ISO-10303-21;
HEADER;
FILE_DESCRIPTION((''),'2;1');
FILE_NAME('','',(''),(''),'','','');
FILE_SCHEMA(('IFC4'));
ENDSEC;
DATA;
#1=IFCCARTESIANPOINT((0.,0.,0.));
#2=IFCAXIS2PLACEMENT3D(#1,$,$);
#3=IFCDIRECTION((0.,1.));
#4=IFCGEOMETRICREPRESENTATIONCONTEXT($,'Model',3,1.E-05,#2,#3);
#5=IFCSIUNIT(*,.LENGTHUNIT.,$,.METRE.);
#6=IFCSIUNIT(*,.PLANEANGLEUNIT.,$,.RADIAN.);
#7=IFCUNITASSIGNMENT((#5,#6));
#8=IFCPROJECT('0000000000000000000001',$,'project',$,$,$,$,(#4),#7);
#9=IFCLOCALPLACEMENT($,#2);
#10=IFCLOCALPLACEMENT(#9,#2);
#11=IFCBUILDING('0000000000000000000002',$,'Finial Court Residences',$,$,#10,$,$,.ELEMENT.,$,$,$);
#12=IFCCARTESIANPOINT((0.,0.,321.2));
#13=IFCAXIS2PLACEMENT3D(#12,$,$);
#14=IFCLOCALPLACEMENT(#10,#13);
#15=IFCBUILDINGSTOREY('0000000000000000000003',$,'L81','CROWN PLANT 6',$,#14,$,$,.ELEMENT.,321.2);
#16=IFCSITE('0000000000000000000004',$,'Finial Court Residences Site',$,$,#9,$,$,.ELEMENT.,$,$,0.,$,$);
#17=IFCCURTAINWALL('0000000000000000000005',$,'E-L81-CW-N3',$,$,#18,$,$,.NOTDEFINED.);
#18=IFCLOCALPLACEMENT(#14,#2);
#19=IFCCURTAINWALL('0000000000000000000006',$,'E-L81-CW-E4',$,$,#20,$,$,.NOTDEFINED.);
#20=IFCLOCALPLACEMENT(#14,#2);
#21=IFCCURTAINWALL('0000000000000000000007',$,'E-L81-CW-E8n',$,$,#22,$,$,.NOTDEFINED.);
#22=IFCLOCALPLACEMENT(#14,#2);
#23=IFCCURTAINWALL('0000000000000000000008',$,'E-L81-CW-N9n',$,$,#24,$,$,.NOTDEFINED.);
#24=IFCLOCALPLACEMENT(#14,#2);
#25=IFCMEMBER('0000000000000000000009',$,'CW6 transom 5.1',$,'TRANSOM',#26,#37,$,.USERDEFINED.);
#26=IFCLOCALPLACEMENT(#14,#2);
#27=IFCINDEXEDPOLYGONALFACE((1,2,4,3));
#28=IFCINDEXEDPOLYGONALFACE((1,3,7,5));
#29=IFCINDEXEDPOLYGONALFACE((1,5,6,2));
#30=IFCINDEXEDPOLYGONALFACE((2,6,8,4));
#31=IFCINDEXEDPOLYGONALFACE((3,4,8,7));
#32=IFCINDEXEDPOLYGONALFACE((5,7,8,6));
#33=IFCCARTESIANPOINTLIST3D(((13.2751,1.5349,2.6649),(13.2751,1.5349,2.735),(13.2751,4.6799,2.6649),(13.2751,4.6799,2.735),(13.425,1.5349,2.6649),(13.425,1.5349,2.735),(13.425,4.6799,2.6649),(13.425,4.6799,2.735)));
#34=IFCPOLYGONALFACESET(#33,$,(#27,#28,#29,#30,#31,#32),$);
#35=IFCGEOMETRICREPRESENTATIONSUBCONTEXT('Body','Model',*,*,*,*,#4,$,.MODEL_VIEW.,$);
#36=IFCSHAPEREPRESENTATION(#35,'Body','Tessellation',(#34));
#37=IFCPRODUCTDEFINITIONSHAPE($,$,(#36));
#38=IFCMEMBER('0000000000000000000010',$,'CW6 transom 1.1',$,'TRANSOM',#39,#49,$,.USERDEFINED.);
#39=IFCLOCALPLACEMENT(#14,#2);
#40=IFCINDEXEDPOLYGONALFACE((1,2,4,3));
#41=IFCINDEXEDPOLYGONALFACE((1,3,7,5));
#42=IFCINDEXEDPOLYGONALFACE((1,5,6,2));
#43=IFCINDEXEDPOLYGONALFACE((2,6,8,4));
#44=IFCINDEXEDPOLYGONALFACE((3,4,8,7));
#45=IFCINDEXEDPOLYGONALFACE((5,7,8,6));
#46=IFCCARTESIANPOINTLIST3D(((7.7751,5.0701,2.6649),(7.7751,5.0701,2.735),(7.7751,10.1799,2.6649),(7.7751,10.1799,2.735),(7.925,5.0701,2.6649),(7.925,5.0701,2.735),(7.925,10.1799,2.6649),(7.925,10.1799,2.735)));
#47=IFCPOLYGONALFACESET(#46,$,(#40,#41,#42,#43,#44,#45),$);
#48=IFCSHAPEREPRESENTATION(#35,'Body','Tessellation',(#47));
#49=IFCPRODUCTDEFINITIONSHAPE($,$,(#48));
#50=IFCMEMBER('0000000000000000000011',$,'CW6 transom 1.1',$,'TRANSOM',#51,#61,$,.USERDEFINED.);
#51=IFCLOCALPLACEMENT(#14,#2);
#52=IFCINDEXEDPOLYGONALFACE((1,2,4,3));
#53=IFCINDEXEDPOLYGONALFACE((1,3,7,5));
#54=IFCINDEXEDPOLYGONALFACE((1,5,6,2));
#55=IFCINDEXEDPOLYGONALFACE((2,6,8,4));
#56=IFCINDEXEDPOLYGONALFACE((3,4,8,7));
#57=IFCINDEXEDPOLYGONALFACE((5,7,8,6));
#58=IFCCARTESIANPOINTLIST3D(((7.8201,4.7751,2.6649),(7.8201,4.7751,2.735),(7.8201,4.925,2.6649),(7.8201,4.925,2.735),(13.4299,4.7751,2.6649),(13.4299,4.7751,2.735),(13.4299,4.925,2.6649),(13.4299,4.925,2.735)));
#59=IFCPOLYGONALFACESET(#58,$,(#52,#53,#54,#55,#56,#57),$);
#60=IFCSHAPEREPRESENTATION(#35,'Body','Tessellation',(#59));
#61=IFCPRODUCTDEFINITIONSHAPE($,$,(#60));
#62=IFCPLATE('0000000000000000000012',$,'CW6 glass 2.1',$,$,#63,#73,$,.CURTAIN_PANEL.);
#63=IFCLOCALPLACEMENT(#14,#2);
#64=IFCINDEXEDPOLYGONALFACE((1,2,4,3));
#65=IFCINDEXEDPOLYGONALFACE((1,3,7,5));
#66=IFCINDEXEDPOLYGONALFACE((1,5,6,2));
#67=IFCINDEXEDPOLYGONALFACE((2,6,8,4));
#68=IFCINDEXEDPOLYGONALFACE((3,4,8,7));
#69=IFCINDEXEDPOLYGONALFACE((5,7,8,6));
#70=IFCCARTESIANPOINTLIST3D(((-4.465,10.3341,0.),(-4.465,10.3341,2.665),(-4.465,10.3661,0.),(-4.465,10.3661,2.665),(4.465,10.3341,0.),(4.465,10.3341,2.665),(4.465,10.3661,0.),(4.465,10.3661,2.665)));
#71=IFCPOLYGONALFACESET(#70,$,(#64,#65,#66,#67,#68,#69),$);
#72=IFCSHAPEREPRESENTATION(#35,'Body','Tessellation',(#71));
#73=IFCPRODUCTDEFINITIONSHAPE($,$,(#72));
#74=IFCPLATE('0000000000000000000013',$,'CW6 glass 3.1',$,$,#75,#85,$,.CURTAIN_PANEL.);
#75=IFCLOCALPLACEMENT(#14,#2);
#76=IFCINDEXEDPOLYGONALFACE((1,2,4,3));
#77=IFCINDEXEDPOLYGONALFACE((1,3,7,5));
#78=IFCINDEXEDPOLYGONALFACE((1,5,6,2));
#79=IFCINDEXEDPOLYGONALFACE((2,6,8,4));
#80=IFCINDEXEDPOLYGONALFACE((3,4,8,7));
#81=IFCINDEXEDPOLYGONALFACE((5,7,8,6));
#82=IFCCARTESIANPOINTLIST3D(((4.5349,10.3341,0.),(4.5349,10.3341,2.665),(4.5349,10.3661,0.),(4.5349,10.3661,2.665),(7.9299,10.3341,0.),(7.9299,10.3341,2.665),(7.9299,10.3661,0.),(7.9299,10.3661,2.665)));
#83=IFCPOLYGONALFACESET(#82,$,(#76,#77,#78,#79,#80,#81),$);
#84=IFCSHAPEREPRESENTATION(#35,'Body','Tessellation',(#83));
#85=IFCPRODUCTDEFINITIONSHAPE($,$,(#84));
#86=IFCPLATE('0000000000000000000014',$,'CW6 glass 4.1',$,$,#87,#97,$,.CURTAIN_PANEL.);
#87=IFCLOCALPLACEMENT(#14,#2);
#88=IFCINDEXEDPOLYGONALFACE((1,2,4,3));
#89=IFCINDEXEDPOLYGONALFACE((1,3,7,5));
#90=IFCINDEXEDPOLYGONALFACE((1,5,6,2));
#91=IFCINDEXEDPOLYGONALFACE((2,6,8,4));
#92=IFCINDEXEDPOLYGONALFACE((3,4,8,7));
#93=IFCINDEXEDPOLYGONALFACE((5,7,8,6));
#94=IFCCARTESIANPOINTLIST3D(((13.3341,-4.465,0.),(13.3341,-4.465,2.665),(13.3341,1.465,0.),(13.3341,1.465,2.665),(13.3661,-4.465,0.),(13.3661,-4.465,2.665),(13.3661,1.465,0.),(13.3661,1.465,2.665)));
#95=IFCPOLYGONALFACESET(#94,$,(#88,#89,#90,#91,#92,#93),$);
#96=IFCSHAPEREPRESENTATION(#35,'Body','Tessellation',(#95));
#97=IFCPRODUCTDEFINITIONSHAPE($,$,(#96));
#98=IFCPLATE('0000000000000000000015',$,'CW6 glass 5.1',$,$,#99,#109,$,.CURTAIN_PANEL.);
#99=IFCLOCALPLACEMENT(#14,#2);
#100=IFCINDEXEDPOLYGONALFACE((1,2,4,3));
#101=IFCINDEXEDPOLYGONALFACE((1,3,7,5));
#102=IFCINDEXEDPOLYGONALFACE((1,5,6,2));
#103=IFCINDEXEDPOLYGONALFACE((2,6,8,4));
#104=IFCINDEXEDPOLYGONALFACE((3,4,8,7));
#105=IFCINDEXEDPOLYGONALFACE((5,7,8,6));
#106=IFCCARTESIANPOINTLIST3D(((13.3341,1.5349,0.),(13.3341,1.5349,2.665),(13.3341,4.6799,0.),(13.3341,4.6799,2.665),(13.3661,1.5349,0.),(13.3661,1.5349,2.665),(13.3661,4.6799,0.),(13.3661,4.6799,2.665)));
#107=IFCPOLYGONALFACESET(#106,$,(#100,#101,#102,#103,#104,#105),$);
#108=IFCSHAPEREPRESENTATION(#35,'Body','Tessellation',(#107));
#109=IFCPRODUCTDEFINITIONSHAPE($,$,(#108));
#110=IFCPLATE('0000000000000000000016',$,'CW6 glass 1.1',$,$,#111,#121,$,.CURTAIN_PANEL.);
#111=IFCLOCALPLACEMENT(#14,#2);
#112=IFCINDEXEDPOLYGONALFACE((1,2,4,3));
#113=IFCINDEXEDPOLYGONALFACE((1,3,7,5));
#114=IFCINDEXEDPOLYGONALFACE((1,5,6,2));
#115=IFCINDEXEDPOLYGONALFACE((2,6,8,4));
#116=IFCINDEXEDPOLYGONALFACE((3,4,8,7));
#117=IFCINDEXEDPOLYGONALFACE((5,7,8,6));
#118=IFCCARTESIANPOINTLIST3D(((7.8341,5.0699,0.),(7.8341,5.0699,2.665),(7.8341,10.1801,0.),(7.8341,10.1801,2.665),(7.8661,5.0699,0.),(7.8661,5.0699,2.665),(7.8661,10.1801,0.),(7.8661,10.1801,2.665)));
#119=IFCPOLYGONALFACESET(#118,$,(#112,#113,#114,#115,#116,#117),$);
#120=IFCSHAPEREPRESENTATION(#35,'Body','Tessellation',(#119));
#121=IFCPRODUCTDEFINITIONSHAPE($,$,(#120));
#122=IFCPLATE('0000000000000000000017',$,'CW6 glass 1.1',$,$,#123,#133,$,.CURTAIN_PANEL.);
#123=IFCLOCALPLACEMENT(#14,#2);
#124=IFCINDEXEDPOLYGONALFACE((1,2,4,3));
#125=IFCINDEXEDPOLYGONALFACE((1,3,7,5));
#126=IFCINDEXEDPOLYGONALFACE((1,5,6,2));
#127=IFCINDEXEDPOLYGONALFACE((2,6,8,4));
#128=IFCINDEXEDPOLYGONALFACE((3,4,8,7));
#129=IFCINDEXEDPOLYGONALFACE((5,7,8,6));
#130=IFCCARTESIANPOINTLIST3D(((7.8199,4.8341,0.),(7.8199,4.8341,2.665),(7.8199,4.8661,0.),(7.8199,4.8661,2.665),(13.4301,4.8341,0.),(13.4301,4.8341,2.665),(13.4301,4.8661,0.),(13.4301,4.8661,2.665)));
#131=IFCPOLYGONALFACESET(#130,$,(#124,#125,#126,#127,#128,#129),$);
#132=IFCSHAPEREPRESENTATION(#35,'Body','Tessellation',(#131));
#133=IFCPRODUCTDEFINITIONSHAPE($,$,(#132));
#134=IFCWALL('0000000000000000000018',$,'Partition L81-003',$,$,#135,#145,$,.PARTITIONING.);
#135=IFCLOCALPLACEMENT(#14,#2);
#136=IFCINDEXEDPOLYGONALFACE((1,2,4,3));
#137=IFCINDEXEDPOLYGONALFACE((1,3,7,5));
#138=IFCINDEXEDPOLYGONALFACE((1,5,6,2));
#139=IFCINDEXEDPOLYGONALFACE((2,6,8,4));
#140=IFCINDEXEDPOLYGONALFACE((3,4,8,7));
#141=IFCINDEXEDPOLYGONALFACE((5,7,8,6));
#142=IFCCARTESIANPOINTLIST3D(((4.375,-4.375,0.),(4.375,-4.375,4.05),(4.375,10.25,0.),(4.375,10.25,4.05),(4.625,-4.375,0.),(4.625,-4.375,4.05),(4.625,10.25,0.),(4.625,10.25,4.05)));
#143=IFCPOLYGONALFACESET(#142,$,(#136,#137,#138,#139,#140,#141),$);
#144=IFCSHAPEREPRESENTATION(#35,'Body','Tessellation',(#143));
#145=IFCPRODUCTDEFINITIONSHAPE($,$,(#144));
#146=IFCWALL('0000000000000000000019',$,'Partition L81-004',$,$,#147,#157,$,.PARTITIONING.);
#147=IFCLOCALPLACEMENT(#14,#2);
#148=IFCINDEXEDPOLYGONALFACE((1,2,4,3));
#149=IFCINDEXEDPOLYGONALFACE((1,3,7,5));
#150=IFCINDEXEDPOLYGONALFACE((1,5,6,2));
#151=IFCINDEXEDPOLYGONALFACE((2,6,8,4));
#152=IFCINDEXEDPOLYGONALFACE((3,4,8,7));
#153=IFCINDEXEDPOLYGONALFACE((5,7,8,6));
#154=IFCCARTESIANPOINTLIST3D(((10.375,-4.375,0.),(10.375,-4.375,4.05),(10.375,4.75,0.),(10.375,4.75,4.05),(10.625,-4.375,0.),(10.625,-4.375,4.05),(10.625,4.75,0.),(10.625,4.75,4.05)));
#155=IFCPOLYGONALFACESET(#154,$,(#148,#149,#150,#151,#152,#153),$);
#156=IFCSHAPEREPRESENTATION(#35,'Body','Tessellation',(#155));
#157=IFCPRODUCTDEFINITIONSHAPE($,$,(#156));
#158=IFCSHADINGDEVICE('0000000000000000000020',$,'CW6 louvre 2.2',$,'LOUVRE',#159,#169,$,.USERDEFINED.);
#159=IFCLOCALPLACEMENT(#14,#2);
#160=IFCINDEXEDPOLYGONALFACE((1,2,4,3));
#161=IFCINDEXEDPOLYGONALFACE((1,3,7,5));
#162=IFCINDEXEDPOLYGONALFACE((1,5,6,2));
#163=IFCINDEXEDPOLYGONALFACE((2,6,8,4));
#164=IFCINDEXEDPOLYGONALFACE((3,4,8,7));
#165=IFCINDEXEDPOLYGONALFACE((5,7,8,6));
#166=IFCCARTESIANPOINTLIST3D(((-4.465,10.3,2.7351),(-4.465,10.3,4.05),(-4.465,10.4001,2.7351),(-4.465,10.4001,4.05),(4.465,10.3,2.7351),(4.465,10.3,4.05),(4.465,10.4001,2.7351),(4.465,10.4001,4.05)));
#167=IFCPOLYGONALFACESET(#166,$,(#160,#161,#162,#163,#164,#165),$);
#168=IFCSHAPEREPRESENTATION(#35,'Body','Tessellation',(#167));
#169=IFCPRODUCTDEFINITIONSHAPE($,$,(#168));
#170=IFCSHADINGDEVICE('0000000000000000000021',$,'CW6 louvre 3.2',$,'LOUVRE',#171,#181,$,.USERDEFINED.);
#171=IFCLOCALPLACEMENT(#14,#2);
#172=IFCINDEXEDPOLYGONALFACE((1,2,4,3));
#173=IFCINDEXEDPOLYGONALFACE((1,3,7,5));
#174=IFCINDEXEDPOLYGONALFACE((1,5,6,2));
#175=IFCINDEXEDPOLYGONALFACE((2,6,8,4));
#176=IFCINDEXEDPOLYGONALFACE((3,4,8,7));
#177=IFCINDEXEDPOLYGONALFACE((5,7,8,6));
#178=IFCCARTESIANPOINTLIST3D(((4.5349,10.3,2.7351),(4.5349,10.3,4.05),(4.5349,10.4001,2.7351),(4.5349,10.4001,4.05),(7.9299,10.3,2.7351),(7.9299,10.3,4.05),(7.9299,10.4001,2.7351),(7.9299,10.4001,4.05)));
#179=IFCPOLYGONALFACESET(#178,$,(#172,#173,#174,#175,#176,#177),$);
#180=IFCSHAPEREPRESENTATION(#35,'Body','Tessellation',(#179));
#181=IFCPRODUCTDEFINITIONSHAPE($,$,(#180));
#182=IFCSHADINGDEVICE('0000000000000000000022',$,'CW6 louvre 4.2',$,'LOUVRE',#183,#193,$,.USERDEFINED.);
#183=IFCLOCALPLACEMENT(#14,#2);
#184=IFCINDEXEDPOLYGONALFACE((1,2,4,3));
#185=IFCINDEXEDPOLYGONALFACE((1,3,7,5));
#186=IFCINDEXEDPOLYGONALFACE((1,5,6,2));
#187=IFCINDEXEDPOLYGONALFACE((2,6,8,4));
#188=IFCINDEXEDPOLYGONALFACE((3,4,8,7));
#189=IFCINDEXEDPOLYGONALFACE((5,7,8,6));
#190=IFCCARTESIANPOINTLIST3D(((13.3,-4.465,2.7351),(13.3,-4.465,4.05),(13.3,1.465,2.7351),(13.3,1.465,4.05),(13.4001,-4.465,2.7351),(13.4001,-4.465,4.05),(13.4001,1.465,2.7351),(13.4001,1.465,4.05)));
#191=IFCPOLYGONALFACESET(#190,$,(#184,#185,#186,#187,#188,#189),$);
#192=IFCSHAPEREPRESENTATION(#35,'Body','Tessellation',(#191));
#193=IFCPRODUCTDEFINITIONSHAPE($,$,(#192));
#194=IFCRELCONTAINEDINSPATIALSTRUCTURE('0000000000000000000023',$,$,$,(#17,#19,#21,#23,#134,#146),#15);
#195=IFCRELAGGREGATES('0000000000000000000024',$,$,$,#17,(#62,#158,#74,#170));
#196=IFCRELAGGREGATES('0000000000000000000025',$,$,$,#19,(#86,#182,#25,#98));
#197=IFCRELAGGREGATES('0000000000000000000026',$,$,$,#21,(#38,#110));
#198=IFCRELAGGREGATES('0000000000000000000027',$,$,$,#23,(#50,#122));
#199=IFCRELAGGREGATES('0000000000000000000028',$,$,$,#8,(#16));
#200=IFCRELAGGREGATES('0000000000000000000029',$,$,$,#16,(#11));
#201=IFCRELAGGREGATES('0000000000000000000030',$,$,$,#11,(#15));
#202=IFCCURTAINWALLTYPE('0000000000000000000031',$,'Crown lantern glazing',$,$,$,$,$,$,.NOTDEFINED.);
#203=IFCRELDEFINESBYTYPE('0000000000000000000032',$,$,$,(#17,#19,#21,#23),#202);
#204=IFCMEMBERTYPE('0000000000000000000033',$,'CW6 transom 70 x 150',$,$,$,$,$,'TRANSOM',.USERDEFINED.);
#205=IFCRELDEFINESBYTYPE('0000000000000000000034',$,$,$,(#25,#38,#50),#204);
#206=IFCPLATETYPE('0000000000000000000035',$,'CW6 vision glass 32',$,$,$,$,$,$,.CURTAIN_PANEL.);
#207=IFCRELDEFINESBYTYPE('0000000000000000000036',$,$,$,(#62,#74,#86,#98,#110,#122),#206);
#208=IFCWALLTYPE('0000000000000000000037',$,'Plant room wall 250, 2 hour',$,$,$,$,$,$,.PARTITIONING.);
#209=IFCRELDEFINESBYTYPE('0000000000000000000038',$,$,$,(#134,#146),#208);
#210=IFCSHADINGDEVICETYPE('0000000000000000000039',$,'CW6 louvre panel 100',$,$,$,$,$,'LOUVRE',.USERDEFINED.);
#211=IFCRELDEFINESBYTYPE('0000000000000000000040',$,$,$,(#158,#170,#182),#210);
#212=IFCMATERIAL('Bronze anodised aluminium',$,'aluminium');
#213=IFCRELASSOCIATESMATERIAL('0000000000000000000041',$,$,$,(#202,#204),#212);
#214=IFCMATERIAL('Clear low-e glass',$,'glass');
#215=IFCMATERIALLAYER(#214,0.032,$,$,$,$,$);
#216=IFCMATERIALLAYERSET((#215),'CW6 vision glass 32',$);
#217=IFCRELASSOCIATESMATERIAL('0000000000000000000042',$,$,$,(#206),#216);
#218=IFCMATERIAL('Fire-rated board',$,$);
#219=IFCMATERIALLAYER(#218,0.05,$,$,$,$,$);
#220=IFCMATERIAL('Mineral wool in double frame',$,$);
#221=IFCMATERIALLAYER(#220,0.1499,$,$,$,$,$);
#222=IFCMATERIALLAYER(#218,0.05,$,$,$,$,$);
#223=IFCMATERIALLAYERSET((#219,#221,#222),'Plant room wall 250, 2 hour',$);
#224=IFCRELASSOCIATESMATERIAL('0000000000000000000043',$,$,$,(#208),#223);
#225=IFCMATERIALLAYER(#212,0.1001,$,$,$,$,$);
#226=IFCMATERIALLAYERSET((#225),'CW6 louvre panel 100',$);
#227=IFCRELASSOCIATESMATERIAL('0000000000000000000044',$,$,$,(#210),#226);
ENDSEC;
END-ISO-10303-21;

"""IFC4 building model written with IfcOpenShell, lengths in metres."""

from ifc_helpers import new_model, si_unit, direction, frame, frame_2d, origin, origin_2d, place, context, subcontext, project, spatial, rectangle, extrude, material, layer, layer_set, material_profile, profile_set, type_object, element, aggregate, save


model = new_model("IFC4")

# Units and contexts
model_context = context("Model", 3, precision=1e-05, world=origin(), true_north=direction((0.0, 1.0)))
body_context = subcontext(model_context, "Body", "Model", "MODEL_VIEW")
ifc_project = project(units=[si_unit("LENGTHUNIT", "METRE"), si_unit("PLANEANGLEUNIT", "RADIAN")], contexts=[model_context])

# Site, building, storey
site_placement = place(None, origin())
site = spatial("IfcSite", under=ifc_project, at=site_placement, Name="Finial Court Residences Site", CompositionType="ELEMENT", RefElevation=0.0)
building_placement = place(site_placement, origin())
building = spatial("IfcBuilding", under=site, at=building_placement, Name="Finial Court Residences", CompositionType="ELEMENT")
storey_placement = place(building_placement, frame((0.0, 0.0, 321.2)))
storey = spatial("IfcBuildingStorey", under=building, at=storey_placement, Name="L81", Description="CROWN PLANT 6", CompositionType="ELEMENT", Elevation=321.2)

# Curtain walls
ifc_material_1 = material(Name="Bronze anodised aluminium", Category="aluminium")
curtain_wall_type = type_object("IfcCurtainWallType", Name="Crown lantern glazing", PredefinedType="NOTDEFINED", material=ifc_material_1)
curtain_wall_1_placement = place(storey_placement, origin())
curtain_wall_1 = element("IfcCurtainWall", 1, at=curtain_wall_1_placement, inside=storey, type_object=curtain_wall_type, Name="E-L81-CW-N3", PredefinedType="NOTDEFINED")
curtain_wall_2_placement = place(storey_placement, origin())
curtain_wall_2 = element("IfcCurtainWall", 2, at=curtain_wall_2_placement, inside=storey, type_object=curtain_wall_type, Name="E-L81-CW-E4", PredefinedType="NOTDEFINED")
curtain_wall_3_placement = place(storey_placement, origin())
curtain_wall_3 = element("IfcCurtainWall", 3, at=curtain_wall_3_placement, inside=storey, type_object=curtain_wall_type, Name="E-L81-CW-E8n", PredefinedType="NOTDEFINED")
curtain_wall_4_placement = place(storey_placement, origin())
curtain_wall_4 = element("IfcCurtainWall", 4, at=curtain_wall_4_placement, inside=storey, type_object=curtain_wall_type, Name="E-L81-CW-N9n", PredefinedType="NOTDEFINED")

# Members
ifc_material_profile_1 = material_profile(ifc_material_1, rectangle(XDim=0.1499, YDim=0.0701, at=origin_2d()), Name="CW6 transom 70 x 150")
ifc_profile_set_1 = profile_set([ifc_material_profile_1], Name="Bronze anodised aluminium")
member_type_1 = type_object("IfcMemberType", Name="CW6 transom 70 x 150", ElementType="TRANSOM", PredefinedType="USERDEFINED", material=ifc_profile_set_1)
member_1_placement = place(storey_placement, frame((13.3501, 1.5349, 2.7), z_axis=(0.0, 1.0, 0.0), x_axis=(-1.0, 0.0, 0.0)))
member_1 = element("IfcMember", 5, at=member_1_placement, type_object=member_type_1, Name="CW6 transom 5.1", ObjectType="TRANSOM", PredefinedType="USERDEFINED", context=body_context, shape_type="SweptSolid", body=[
    extrude(rectangle(XDim=0.1499, YDim=0.0701, at=origin_2d()), origin(), (0.0, 0.0, 1.0), 3.145),
])
member_2_placement = place(storey_placement, frame((7.8501, 5.0701, 2.7), z_axis=(0.0, 1.0, 0.0), x_axis=(-1.0, 0.0, 0.0)))
member_2 = element("IfcMember", 6, at=member_2_placement, type_object=member_type_1, Name="CW6 transom 1.1", ObjectType="TRANSOM", PredefinedType="USERDEFINED", context=body_context, shape_type="SweptSolid", body=[
    extrude(rectangle(XDim=0.1499, YDim=0.0701, at=origin_2d()), origin(), (0.0, 0.0, 1.0), 5.1099),
])
member_3_placement = place(storey_placement, frame((7.8201, 4.8501, 2.7), z_axis=(1.0, 0.0, 0.0), x_axis=(0.0, 1.0, 0.0)))
member_3 = element("IfcMember", 7, at=member_3_placement, type_object=member_type_1, Name="CW6 transom 1.1", ObjectType="TRANSOM", PredefinedType="USERDEFINED", context=body_context, shape_type="SweptSolid", body=[
    extrude(rectangle(XDim=0.1499, YDim=0.0701, at=origin_2d()), origin(), (0.0, 0.0, 1.0), 5.6099),
])

# Plates
ifc_material_2 = material(Name="Clear low-e glass", Category="glass")
ifc_layer_1 = layer(ifc_material_2, 0.032)
ifc_layer_set_1 = layer_set([ifc_layer_1], Name="CW6 vision glass 32")
plate_type = type_object("IfcPlateType", Name="CW6 vision glass 32", PredefinedType="CURTAIN_PANEL", material=ifc_layer_set_1)
plate_1_placement = place(storey_placement, frame((0.0, 10.3501, 0.0), z_axis=(0.0, 0.0, 1.0), x_axis=(1.0, 0.0, 0.0)))
plate_1 = element("IfcPlate", 8, at=plate_1_placement, type_object=plate_type, Name="CW6 glass 2.1", PredefinedType="CURTAIN_PANEL", context=body_context, shape_type="SweptSolid", body=[
    extrude(rectangle(XDim=8.9299, YDim=0.032, at=origin_2d()), origin(), (0.0, 0.0, 1.0), 2.665),
])
plate_2_placement = place(storey_placement, frame((6.2324, 10.3501, 0.0), z_axis=(0.0, 0.0, 1.0), x_axis=(1.0, 0.0, 0.0)))
plate_2 = element("IfcPlate", 9, at=plate_2_placement, type_object=plate_type, Name="CW6 glass 3.1", PredefinedType="CURTAIN_PANEL", context=body_context, shape_type="SweptSolid", body=[
    extrude(rectangle(XDim=3.395, YDim=0.032, at=origin_2d()), origin(), (0.0, 0.0, 1.0), 2.665),
])
plate_3_placement = place(storey_placement, frame((13.3501, -1.5, 0.0), z_axis=(0.0, 0.0, 1.0), x_axis=(0.0, 1.0, 0.0)))
plate_3 = element("IfcPlate", 10, at=plate_3_placement, type_object=plate_type, Name="CW6 glass 4.1", PredefinedType="CURTAIN_PANEL", context=body_context, shape_type="SweptSolid", body=[
    extrude(rectangle(XDim=5.9299, YDim=0.032, at=origin_2d()), origin(), (0.0, 0.0, 1.0), 2.665),
])
plate_4_placement = place(storey_placement, frame((13.3501, 3.1074, 0.0), z_axis=(0.0, 0.0, 1.0), x_axis=(0.0, 1.0, 0.0)))
plate_4 = element("IfcPlate", 11, at=plate_4_placement, type_object=plate_type, Name="CW6 glass 5.1", PredefinedType="CURTAIN_PANEL", context=body_context, shape_type="SweptSolid", body=[
    extrude(rectangle(XDim=3.145, YDim=0.032, at=origin_2d()), origin(), (0.0, 0.0, 1.0), 2.665),
])
plate_5_placement = place(storey_placement, frame((7.8501, 7.625, 0.0), z_axis=(0.0, 0.0, 1.0), x_axis=(0.0, 1.0, 0.0)))
plate_5 = element("IfcPlate", 12, at=plate_5_placement, type_object=plate_type, Name="CW6 glass 1.1", PredefinedType="CURTAIN_PANEL", context=body_context, shape_type="SweptSolid", body=[
    extrude(rectangle(XDim=5.1101, YDim=0.032, at=origin_2d()), origin(), (0.0, 0.0, 1.0), 2.665),
])
plate_6_placement = place(storey_placement, frame((10.625, 4.8501, 0.0), z_axis=(0.0, 0.0, 1.0), x_axis=(1.0, 0.0, 0.0)))
plate_6 = element("IfcPlate", 13, at=plate_6_placement, type_object=plate_type, Name="CW6 glass 1.1", PredefinedType="CURTAIN_PANEL", context=body_context, shape_type="SweptSolid", body=[
    extrude(rectangle(XDim=5.6101, YDim=0.032, at=origin_2d()), origin(), (0.0, 0.0, 1.0), 2.665),
])

# Walls
ifc_material_3 = material(Name="Fire-rated board")
ifc_layer_2 = layer(ifc_material_3, 0.05)
ifc_material_4 = material(Name="Mineral wool in double frame")
ifc_layer_3 = layer(ifc_material_4, 0.1499)
ifc_layer_4 = layer(ifc_material_3, 0.05)
ifc_layer_set_2 = layer_set([ifc_layer_2, ifc_layer_3, ifc_layer_4], Name="Plant room wall 250, 2 hour")
wall_type = type_object("IfcWallType", Name="Plant room wall 250, 2 hour", PredefinedType="PARTITIONING", material=ifc_layer_set_2)
wall_1_placement = place(storey_placement, frame((4.5, -4.375, 0.0), z_axis=(0.0, 0.0, 1.0), x_axis=(0.0, 1.0, 0.0)))
element("IfcWall", 14, at=wall_1_placement, inside=storey, type_object=wall_type, Name="Partition L81-003", PredefinedType="PARTITIONING", context=body_context, shape_type="SweptSolid", body=[
    extrude(rectangle(XDim=14.625, YDim=0.25, at=frame_2d((7.3125, 0.0))), origin(), (0.0, 0.0, 1.0), 4.05),
])
wall_2_placement = place(storey_placement, frame((10.5, -4.375, 0.0), z_axis=(0.0, 0.0, 1.0), x_axis=(0.0, 1.0, 0.0)))
element("IfcWall", 15, at=wall_2_placement, inside=storey, type_object=wall_type, Name="Partition L81-004", PredefinedType="PARTITIONING", context=body_context, shape_type="SweptSolid", body=[
    extrude(rectangle(XDim=9.125, YDim=0.25, at=frame_2d((4.5625, 0.0))), origin(), (0.0, 0.0, 1.0), 4.05),
])

# Shading devices
ifc_layer_5 = layer(ifc_material_1, 0.1001)
ifc_layer_set_3 = layer_set([ifc_layer_5], Name="CW6 louvre panel 100")
shading_device_type = type_object("IfcShadingDeviceType", Name="CW6 louvre panel 100", ElementType="LOUVRE", PredefinedType="USERDEFINED", material=ifc_layer_set_3)
shading_device_1_placement = place(storey_placement, frame((0.0, 10.3501, 2.7351), z_axis=(0.0, 0.0, 1.0), x_axis=(1.0, 0.0, 0.0)))
shading_device_1 = element("IfcShadingDevice", 16, at=shading_device_1_placement, type_object=shading_device_type, Name="CW6 louvre 2.2", ObjectType="LOUVRE", PredefinedType="USERDEFINED", context=body_context, shape_type="SweptSolid", body=[
    extrude(rectangle(XDim=8.9299, YDim=0.1001, at=origin_2d()), origin(), (0.0, 0.0, 1.0), 1.3149),
])
shading_device_2_placement = place(storey_placement, frame((6.2324, 10.3501, 2.7351), z_axis=(0.0, 0.0, 1.0), x_axis=(1.0, 0.0, 0.0)))
shading_device_2 = element("IfcShadingDevice", 17, at=shading_device_2_placement, type_object=shading_device_type, Name="CW6 louvre 3.2", ObjectType="LOUVRE", PredefinedType="USERDEFINED", context=body_context, shape_type="SweptSolid", body=[
    extrude(rectangle(XDim=3.395, YDim=0.1001, at=origin_2d()), origin(), (0.0, 0.0, 1.0), 1.3149),
])
aggregate(curtain_wall_1, [plate_1, shading_device_1, plate_2, shading_device_2])
shading_device_3_placement = place(storey_placement, frame((13.3501, -1.5, 2.7351), z_axis=(0.0, 0.0, 1.0), x_axis=(0.0, 1.0, 0.0)))
shading_device_3 = element("IfcShadingDevice", 18, at=shading_device_3_placement, type_object=shading_device_type, Name="CW6 louvre 4.2", ObjectType="LOUVRE", PredefinedType="USERDEFINED", context=body_context, shape_type="SweptSolid", body=[
    extrude(rectangle(XDim=5.9299, YDim=0.1001, at=origin_2d()), origin(), (0.0, 0.0, 1.0), 1.3149),
])
aggregate(curtain_wall_2, [plate_3, shading_device_3, member_1, plate_4])
aggregate(curtain_wall_3, [member_2, plate_5])
aggregate(curtain_wall_4, [member_3, plate_6])

save(model, "model.ifc")
